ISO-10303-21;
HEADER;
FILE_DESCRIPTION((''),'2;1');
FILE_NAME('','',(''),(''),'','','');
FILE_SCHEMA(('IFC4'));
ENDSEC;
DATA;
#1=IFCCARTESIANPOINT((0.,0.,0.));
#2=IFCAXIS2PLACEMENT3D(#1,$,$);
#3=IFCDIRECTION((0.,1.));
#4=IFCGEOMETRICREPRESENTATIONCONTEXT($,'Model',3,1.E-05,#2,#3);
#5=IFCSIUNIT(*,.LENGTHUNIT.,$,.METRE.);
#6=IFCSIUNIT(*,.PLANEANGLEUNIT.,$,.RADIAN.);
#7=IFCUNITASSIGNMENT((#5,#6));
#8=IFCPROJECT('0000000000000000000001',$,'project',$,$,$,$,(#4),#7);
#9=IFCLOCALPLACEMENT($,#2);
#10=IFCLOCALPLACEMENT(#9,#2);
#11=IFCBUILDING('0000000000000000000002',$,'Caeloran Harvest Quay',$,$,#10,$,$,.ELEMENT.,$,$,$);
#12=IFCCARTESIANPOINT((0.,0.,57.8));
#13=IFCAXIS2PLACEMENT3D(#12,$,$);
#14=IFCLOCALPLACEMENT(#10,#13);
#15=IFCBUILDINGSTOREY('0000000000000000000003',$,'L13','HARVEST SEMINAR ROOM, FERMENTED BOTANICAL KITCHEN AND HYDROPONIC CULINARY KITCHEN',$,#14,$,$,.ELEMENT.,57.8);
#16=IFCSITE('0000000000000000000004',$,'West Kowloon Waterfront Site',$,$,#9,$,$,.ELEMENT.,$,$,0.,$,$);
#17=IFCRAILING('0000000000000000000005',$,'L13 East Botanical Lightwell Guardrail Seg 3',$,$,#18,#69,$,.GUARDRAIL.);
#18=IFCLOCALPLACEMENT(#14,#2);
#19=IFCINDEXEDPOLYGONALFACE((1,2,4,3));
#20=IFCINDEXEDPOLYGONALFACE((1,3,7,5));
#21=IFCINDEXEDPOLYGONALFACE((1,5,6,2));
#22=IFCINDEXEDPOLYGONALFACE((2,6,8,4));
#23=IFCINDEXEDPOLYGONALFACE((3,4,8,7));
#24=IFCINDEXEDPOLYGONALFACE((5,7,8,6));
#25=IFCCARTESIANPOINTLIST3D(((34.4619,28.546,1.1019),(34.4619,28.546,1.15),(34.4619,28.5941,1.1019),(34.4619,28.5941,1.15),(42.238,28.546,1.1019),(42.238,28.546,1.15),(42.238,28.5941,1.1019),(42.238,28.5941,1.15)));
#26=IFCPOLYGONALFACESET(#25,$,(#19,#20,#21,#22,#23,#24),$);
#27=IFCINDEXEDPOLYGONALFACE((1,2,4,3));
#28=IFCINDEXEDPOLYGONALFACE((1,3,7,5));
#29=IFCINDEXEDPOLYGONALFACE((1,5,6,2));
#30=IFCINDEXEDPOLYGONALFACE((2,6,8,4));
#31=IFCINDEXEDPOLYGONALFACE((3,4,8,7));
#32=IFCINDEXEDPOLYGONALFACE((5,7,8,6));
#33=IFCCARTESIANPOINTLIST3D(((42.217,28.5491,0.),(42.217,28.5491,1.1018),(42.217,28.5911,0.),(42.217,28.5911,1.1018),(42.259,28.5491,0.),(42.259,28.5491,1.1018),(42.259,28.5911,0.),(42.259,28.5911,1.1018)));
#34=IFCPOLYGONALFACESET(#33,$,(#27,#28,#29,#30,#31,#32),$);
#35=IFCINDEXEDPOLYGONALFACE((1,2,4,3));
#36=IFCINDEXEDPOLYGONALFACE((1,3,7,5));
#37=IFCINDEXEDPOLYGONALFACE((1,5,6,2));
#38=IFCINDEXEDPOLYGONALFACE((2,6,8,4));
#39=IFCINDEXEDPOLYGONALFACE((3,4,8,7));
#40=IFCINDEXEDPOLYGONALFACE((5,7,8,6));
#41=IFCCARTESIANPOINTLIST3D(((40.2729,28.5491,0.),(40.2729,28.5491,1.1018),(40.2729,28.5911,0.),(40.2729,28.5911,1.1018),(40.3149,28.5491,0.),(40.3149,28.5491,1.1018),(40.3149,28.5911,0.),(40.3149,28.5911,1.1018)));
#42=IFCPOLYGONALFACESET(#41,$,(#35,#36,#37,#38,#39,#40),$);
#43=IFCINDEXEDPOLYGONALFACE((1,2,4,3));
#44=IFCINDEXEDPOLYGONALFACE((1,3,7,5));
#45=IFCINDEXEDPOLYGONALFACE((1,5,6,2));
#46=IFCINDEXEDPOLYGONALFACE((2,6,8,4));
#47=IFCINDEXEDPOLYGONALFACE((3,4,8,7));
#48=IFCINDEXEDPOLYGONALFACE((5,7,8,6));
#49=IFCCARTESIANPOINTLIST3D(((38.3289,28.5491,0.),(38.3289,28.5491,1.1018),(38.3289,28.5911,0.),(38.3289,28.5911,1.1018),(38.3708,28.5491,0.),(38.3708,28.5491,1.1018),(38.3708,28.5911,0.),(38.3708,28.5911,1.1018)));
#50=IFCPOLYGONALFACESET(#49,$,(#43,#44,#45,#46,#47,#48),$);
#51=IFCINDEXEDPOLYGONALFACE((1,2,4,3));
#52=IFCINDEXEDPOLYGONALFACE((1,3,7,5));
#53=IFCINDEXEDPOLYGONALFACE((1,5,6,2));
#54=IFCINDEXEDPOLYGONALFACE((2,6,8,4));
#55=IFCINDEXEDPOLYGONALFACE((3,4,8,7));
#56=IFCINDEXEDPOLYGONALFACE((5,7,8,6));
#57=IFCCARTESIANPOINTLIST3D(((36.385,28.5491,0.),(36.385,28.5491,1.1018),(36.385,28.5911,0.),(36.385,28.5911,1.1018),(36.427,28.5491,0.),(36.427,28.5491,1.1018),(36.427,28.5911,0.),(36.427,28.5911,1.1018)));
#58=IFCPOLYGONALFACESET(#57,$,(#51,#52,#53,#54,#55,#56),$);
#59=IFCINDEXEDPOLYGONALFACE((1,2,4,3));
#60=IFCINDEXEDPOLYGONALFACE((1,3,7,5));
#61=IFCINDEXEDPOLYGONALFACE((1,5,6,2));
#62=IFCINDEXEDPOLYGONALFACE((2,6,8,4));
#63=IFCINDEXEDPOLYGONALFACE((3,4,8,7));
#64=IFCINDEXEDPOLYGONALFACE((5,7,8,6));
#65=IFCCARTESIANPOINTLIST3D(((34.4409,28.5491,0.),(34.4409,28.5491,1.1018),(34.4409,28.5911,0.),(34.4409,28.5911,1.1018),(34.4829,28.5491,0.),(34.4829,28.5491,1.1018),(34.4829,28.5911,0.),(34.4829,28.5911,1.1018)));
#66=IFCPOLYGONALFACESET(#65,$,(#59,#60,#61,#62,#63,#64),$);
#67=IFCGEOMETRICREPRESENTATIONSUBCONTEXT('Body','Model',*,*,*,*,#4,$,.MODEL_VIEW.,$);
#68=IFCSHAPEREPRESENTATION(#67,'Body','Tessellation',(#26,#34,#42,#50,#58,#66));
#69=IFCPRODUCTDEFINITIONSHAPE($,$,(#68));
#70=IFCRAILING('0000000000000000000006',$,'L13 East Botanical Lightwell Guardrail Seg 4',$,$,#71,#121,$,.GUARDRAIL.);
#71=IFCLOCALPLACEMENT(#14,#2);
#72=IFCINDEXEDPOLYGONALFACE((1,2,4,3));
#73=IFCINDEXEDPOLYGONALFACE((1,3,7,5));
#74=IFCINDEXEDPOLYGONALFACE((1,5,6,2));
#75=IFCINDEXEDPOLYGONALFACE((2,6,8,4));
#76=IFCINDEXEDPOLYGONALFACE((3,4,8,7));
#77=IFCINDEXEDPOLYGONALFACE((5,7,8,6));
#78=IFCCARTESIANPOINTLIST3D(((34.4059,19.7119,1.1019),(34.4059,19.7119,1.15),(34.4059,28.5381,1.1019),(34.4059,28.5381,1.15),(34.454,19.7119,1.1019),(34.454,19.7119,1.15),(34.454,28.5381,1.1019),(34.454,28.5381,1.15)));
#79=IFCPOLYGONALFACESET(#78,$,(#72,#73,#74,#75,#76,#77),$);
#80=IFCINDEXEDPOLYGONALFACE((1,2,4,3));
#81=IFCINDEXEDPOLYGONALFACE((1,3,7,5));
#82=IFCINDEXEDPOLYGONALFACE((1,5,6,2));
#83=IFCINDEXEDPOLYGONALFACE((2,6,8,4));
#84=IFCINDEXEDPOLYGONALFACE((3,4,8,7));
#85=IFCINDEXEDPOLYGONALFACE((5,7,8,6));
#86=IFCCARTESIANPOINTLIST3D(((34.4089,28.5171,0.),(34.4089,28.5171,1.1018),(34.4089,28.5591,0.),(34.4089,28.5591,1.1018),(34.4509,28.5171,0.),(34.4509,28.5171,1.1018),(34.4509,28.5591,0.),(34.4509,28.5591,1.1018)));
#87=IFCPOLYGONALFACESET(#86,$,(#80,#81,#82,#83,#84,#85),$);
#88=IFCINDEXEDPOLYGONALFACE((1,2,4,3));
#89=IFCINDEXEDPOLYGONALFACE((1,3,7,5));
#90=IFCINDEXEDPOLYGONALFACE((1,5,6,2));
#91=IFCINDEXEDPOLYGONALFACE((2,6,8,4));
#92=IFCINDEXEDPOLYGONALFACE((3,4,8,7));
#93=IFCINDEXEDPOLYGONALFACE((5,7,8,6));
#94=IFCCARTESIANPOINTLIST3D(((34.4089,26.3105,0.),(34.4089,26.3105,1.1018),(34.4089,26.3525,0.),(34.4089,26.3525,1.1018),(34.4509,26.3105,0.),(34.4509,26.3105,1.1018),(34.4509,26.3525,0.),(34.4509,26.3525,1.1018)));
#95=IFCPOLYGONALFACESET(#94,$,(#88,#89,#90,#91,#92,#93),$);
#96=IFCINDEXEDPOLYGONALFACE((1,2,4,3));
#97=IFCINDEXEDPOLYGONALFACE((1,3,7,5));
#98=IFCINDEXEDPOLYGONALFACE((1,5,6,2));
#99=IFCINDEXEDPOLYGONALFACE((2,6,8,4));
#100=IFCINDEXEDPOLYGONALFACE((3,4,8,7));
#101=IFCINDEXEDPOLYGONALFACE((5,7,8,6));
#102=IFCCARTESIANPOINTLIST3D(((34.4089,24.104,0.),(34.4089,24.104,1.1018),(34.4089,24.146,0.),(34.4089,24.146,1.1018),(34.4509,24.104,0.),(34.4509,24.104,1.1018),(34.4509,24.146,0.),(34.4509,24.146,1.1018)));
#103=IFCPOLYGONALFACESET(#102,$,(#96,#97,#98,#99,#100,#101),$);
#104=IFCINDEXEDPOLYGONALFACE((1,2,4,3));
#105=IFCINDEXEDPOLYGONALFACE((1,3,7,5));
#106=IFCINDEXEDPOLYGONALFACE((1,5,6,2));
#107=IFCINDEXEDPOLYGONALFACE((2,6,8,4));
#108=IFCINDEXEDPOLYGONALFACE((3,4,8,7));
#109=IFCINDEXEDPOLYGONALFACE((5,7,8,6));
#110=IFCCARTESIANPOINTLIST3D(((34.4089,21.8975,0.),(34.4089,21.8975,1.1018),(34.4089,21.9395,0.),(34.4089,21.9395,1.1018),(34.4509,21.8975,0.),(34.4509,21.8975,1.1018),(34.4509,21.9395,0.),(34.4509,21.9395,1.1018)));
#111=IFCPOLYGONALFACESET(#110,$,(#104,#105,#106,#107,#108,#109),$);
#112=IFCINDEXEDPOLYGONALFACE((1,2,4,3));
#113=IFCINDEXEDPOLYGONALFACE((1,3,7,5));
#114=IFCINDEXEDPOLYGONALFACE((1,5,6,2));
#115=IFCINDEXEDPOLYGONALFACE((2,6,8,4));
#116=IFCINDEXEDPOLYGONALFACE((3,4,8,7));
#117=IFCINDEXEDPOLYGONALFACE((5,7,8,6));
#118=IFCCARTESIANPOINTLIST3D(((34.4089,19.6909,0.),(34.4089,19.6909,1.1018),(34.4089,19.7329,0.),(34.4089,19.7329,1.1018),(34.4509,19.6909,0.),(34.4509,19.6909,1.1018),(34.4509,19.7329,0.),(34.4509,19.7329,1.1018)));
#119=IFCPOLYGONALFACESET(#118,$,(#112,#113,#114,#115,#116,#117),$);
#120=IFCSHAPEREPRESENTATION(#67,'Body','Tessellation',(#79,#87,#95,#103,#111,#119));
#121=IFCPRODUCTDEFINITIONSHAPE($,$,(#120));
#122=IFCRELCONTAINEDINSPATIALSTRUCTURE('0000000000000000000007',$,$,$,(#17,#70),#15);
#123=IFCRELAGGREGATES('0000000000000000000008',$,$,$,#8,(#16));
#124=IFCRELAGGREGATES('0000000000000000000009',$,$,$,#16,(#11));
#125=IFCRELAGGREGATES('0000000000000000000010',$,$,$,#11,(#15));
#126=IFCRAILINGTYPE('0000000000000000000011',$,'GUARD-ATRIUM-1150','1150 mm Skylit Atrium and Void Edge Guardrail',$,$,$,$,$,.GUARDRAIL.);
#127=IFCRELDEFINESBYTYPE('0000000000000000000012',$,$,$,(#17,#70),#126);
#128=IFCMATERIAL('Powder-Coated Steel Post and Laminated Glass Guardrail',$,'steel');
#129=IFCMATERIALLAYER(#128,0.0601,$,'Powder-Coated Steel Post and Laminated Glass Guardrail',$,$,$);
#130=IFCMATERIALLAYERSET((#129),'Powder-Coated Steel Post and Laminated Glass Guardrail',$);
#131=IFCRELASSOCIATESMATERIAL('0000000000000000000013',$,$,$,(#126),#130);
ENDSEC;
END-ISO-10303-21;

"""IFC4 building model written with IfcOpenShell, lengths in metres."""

from ifc_helpers import new_model, si_unit, direction, frame, origin, origin_2d, place, context, subcontext, project, spatial, rectangle, extrude, material, layer, layer_set, type_object, element, save


model = new_model("IFC4")

# Units and contexts
model_context = context("Model", 3, precision=1e-05, world=origin(), true_north=direction((0.0, 1.0)))
body_context = subcontext(model_context, "Body", "Model", "MODEL_VIEW")
ifc_project = project(units=[si_unit("LENGTHUNIT", "METRE"), si_unit("PLANEANGLEUNIT", "RADIAN")], contexts=[model_context])

# Site, building, storey
site_placement = place(None, origin())
site = spatial("IfcSite", under=ifc_project, at=site_placement, Name="West Kowloon Waterfront Site", CompositionType="ELEMENT", RefElevation=0.0)
building_placement = place(site_placement, origin())
building = spatial("IfcBuilding", under=site, at=building_placement, Name="Caeloran Harvest Quay", CompositionType="ELEMENT")
storey_placement = place(building_placement, frame((0.0, 0.0, 57.8)))
storey = spatial("IfcBuildingStorey", under=building, at=storey_placement, Name="L13", Description="HARVEST SEMINAR ROOM, FERMENTED BOTANICAL KITCHEN AND HYDROPONIC CULINARY KITCHEN", CompositionType="ELEMENT", Elevation=57.8)

# Railings
ifc_material_1 = material(Name="Powder-Coated Steel Post and Laminated Glass Guardrail", Category="steel")
ifc_layer_1 = layer(ifc_material_1, 0.0601, Name="Powder-Coated Steel Post and Laminated Glass Guardrail")
ifc_layer_set_1 = layer_set([ifc_layer_1], Name="Powder-Coated Steel Post and Laminated Glass Guardrail")
railing_type = type_object("IfcRailingType", Name="GUARD-ATRIUM-1150", Description="1150 mm Skylit Atrium and Void Edge Guardrail", PredefinedType="GUARDRAIL", material=ifc_layer_set_1)
railing_1_placement = place(storey_placement, frame((42.238, 28.5701, 0.0)))
element("IfcRailing", 1, at=railing_1_placement, inside=storey, type_object=railing_type, Name="L13 East Botanical Lightwell Guardrail Seg 3", PredefinedType="GUARDRAIL", context=body_context, shape_type="SweptSolid", body=[
    extrude(rectangle(XDim=0.0481, YDim=0.0481, at=origin_2d()), frame((0.0, 0.0, 1.126), z_axis=(-1.0, 0.0, 0.0), x_axis=(0.0, -1.0, 0.0)), (0.0, 0.0, 1.0), 7.7761),
    extrude(rectangle(XDim=0.042, YDim=0.042, at=origin_2d()), origin(), (0.0, 0.0, 1.0), 1.1018),
    extrude(rectangle(XDim=0.042, YDim=0.042, at=origin_2d()), frame((-1.9441, 0.0, 0.0)), (0.0, 0.0, 1.0), 1.1018),
    extrude(rectangle(XDim=0.042, YDim=0.042, at=origin_2d()), frame((-3.8882, 0.0, 0.0)), (0.0, 0.0, 1.0), 1.1018),
    extrude(rectangle(XDim=0.042, YDim=0.042, at=origin_2d()), frame((-5.832, 0.0, 0.0)), (0.0, 0.0, 1.0), 1.1018),
    extrude(rectangle(XDim=0.042, YDim=0.042, at=origin_2d()), frame((-7.7761, 0.0, 0.0)), (0.0, 0.0, 1.0), 1.1018),
])
railing_2_placement = place(storey_placement, frame((34.4299, 28.5381, 0.0)))
element("IfcRailing", 2, at=railing_2_placement, inside=storey, type_object=railing_type, Name="L13 East Botanical Lightwell Guardrail Seg 4", PredefinedType="GUARDRAIL", context=body_context, shape_type="SweptSolid", body=[
    extrude(rectangle(XDim=0.0481, YDim=0.0481, at=origin_2d()), frame((0.0, 0.0, 1.126), z_axis=(0.0, -1.0, 0.0), x_axis=(1.0, 0.0, 0.0)), (0.0, 0.0, 1.0), 8.8262),
    extrude(rectangle(XDim=0.042, YDim=0.042, at=origin_2d()), origin(), (0.0, 0.0, 1.0), 1.1018),
    extrude(rectangle(XDim=0.042, YDim=0.042, at=origin_2d()), frame((0.0, -2.2065, 0.0)), (0.0, 0.0, 1.0), 1.1018),
    extrude(rectangle(XDim=0.042, YDim=0.042, at=origin_2d()), frame((0.0, -4.4131, 0.0)), (0.0, 0.0, 1.0), 1.1018),
    extrude(rectangle(XDim=0.042, YDim=0.042, at=origin_2d()), frame((0.0, -6.6196, 0.0)), (0.0, 0.0, 1.0), 1.1018),
    extrude(rectangle(XDim=0.042, YDim=0.042, at=origin_2d()), frame((0.0, -8.8262, 0.0)), (0.0, 0.0, 1.0), 1.1018),
])

save(model, "model.ifc")
